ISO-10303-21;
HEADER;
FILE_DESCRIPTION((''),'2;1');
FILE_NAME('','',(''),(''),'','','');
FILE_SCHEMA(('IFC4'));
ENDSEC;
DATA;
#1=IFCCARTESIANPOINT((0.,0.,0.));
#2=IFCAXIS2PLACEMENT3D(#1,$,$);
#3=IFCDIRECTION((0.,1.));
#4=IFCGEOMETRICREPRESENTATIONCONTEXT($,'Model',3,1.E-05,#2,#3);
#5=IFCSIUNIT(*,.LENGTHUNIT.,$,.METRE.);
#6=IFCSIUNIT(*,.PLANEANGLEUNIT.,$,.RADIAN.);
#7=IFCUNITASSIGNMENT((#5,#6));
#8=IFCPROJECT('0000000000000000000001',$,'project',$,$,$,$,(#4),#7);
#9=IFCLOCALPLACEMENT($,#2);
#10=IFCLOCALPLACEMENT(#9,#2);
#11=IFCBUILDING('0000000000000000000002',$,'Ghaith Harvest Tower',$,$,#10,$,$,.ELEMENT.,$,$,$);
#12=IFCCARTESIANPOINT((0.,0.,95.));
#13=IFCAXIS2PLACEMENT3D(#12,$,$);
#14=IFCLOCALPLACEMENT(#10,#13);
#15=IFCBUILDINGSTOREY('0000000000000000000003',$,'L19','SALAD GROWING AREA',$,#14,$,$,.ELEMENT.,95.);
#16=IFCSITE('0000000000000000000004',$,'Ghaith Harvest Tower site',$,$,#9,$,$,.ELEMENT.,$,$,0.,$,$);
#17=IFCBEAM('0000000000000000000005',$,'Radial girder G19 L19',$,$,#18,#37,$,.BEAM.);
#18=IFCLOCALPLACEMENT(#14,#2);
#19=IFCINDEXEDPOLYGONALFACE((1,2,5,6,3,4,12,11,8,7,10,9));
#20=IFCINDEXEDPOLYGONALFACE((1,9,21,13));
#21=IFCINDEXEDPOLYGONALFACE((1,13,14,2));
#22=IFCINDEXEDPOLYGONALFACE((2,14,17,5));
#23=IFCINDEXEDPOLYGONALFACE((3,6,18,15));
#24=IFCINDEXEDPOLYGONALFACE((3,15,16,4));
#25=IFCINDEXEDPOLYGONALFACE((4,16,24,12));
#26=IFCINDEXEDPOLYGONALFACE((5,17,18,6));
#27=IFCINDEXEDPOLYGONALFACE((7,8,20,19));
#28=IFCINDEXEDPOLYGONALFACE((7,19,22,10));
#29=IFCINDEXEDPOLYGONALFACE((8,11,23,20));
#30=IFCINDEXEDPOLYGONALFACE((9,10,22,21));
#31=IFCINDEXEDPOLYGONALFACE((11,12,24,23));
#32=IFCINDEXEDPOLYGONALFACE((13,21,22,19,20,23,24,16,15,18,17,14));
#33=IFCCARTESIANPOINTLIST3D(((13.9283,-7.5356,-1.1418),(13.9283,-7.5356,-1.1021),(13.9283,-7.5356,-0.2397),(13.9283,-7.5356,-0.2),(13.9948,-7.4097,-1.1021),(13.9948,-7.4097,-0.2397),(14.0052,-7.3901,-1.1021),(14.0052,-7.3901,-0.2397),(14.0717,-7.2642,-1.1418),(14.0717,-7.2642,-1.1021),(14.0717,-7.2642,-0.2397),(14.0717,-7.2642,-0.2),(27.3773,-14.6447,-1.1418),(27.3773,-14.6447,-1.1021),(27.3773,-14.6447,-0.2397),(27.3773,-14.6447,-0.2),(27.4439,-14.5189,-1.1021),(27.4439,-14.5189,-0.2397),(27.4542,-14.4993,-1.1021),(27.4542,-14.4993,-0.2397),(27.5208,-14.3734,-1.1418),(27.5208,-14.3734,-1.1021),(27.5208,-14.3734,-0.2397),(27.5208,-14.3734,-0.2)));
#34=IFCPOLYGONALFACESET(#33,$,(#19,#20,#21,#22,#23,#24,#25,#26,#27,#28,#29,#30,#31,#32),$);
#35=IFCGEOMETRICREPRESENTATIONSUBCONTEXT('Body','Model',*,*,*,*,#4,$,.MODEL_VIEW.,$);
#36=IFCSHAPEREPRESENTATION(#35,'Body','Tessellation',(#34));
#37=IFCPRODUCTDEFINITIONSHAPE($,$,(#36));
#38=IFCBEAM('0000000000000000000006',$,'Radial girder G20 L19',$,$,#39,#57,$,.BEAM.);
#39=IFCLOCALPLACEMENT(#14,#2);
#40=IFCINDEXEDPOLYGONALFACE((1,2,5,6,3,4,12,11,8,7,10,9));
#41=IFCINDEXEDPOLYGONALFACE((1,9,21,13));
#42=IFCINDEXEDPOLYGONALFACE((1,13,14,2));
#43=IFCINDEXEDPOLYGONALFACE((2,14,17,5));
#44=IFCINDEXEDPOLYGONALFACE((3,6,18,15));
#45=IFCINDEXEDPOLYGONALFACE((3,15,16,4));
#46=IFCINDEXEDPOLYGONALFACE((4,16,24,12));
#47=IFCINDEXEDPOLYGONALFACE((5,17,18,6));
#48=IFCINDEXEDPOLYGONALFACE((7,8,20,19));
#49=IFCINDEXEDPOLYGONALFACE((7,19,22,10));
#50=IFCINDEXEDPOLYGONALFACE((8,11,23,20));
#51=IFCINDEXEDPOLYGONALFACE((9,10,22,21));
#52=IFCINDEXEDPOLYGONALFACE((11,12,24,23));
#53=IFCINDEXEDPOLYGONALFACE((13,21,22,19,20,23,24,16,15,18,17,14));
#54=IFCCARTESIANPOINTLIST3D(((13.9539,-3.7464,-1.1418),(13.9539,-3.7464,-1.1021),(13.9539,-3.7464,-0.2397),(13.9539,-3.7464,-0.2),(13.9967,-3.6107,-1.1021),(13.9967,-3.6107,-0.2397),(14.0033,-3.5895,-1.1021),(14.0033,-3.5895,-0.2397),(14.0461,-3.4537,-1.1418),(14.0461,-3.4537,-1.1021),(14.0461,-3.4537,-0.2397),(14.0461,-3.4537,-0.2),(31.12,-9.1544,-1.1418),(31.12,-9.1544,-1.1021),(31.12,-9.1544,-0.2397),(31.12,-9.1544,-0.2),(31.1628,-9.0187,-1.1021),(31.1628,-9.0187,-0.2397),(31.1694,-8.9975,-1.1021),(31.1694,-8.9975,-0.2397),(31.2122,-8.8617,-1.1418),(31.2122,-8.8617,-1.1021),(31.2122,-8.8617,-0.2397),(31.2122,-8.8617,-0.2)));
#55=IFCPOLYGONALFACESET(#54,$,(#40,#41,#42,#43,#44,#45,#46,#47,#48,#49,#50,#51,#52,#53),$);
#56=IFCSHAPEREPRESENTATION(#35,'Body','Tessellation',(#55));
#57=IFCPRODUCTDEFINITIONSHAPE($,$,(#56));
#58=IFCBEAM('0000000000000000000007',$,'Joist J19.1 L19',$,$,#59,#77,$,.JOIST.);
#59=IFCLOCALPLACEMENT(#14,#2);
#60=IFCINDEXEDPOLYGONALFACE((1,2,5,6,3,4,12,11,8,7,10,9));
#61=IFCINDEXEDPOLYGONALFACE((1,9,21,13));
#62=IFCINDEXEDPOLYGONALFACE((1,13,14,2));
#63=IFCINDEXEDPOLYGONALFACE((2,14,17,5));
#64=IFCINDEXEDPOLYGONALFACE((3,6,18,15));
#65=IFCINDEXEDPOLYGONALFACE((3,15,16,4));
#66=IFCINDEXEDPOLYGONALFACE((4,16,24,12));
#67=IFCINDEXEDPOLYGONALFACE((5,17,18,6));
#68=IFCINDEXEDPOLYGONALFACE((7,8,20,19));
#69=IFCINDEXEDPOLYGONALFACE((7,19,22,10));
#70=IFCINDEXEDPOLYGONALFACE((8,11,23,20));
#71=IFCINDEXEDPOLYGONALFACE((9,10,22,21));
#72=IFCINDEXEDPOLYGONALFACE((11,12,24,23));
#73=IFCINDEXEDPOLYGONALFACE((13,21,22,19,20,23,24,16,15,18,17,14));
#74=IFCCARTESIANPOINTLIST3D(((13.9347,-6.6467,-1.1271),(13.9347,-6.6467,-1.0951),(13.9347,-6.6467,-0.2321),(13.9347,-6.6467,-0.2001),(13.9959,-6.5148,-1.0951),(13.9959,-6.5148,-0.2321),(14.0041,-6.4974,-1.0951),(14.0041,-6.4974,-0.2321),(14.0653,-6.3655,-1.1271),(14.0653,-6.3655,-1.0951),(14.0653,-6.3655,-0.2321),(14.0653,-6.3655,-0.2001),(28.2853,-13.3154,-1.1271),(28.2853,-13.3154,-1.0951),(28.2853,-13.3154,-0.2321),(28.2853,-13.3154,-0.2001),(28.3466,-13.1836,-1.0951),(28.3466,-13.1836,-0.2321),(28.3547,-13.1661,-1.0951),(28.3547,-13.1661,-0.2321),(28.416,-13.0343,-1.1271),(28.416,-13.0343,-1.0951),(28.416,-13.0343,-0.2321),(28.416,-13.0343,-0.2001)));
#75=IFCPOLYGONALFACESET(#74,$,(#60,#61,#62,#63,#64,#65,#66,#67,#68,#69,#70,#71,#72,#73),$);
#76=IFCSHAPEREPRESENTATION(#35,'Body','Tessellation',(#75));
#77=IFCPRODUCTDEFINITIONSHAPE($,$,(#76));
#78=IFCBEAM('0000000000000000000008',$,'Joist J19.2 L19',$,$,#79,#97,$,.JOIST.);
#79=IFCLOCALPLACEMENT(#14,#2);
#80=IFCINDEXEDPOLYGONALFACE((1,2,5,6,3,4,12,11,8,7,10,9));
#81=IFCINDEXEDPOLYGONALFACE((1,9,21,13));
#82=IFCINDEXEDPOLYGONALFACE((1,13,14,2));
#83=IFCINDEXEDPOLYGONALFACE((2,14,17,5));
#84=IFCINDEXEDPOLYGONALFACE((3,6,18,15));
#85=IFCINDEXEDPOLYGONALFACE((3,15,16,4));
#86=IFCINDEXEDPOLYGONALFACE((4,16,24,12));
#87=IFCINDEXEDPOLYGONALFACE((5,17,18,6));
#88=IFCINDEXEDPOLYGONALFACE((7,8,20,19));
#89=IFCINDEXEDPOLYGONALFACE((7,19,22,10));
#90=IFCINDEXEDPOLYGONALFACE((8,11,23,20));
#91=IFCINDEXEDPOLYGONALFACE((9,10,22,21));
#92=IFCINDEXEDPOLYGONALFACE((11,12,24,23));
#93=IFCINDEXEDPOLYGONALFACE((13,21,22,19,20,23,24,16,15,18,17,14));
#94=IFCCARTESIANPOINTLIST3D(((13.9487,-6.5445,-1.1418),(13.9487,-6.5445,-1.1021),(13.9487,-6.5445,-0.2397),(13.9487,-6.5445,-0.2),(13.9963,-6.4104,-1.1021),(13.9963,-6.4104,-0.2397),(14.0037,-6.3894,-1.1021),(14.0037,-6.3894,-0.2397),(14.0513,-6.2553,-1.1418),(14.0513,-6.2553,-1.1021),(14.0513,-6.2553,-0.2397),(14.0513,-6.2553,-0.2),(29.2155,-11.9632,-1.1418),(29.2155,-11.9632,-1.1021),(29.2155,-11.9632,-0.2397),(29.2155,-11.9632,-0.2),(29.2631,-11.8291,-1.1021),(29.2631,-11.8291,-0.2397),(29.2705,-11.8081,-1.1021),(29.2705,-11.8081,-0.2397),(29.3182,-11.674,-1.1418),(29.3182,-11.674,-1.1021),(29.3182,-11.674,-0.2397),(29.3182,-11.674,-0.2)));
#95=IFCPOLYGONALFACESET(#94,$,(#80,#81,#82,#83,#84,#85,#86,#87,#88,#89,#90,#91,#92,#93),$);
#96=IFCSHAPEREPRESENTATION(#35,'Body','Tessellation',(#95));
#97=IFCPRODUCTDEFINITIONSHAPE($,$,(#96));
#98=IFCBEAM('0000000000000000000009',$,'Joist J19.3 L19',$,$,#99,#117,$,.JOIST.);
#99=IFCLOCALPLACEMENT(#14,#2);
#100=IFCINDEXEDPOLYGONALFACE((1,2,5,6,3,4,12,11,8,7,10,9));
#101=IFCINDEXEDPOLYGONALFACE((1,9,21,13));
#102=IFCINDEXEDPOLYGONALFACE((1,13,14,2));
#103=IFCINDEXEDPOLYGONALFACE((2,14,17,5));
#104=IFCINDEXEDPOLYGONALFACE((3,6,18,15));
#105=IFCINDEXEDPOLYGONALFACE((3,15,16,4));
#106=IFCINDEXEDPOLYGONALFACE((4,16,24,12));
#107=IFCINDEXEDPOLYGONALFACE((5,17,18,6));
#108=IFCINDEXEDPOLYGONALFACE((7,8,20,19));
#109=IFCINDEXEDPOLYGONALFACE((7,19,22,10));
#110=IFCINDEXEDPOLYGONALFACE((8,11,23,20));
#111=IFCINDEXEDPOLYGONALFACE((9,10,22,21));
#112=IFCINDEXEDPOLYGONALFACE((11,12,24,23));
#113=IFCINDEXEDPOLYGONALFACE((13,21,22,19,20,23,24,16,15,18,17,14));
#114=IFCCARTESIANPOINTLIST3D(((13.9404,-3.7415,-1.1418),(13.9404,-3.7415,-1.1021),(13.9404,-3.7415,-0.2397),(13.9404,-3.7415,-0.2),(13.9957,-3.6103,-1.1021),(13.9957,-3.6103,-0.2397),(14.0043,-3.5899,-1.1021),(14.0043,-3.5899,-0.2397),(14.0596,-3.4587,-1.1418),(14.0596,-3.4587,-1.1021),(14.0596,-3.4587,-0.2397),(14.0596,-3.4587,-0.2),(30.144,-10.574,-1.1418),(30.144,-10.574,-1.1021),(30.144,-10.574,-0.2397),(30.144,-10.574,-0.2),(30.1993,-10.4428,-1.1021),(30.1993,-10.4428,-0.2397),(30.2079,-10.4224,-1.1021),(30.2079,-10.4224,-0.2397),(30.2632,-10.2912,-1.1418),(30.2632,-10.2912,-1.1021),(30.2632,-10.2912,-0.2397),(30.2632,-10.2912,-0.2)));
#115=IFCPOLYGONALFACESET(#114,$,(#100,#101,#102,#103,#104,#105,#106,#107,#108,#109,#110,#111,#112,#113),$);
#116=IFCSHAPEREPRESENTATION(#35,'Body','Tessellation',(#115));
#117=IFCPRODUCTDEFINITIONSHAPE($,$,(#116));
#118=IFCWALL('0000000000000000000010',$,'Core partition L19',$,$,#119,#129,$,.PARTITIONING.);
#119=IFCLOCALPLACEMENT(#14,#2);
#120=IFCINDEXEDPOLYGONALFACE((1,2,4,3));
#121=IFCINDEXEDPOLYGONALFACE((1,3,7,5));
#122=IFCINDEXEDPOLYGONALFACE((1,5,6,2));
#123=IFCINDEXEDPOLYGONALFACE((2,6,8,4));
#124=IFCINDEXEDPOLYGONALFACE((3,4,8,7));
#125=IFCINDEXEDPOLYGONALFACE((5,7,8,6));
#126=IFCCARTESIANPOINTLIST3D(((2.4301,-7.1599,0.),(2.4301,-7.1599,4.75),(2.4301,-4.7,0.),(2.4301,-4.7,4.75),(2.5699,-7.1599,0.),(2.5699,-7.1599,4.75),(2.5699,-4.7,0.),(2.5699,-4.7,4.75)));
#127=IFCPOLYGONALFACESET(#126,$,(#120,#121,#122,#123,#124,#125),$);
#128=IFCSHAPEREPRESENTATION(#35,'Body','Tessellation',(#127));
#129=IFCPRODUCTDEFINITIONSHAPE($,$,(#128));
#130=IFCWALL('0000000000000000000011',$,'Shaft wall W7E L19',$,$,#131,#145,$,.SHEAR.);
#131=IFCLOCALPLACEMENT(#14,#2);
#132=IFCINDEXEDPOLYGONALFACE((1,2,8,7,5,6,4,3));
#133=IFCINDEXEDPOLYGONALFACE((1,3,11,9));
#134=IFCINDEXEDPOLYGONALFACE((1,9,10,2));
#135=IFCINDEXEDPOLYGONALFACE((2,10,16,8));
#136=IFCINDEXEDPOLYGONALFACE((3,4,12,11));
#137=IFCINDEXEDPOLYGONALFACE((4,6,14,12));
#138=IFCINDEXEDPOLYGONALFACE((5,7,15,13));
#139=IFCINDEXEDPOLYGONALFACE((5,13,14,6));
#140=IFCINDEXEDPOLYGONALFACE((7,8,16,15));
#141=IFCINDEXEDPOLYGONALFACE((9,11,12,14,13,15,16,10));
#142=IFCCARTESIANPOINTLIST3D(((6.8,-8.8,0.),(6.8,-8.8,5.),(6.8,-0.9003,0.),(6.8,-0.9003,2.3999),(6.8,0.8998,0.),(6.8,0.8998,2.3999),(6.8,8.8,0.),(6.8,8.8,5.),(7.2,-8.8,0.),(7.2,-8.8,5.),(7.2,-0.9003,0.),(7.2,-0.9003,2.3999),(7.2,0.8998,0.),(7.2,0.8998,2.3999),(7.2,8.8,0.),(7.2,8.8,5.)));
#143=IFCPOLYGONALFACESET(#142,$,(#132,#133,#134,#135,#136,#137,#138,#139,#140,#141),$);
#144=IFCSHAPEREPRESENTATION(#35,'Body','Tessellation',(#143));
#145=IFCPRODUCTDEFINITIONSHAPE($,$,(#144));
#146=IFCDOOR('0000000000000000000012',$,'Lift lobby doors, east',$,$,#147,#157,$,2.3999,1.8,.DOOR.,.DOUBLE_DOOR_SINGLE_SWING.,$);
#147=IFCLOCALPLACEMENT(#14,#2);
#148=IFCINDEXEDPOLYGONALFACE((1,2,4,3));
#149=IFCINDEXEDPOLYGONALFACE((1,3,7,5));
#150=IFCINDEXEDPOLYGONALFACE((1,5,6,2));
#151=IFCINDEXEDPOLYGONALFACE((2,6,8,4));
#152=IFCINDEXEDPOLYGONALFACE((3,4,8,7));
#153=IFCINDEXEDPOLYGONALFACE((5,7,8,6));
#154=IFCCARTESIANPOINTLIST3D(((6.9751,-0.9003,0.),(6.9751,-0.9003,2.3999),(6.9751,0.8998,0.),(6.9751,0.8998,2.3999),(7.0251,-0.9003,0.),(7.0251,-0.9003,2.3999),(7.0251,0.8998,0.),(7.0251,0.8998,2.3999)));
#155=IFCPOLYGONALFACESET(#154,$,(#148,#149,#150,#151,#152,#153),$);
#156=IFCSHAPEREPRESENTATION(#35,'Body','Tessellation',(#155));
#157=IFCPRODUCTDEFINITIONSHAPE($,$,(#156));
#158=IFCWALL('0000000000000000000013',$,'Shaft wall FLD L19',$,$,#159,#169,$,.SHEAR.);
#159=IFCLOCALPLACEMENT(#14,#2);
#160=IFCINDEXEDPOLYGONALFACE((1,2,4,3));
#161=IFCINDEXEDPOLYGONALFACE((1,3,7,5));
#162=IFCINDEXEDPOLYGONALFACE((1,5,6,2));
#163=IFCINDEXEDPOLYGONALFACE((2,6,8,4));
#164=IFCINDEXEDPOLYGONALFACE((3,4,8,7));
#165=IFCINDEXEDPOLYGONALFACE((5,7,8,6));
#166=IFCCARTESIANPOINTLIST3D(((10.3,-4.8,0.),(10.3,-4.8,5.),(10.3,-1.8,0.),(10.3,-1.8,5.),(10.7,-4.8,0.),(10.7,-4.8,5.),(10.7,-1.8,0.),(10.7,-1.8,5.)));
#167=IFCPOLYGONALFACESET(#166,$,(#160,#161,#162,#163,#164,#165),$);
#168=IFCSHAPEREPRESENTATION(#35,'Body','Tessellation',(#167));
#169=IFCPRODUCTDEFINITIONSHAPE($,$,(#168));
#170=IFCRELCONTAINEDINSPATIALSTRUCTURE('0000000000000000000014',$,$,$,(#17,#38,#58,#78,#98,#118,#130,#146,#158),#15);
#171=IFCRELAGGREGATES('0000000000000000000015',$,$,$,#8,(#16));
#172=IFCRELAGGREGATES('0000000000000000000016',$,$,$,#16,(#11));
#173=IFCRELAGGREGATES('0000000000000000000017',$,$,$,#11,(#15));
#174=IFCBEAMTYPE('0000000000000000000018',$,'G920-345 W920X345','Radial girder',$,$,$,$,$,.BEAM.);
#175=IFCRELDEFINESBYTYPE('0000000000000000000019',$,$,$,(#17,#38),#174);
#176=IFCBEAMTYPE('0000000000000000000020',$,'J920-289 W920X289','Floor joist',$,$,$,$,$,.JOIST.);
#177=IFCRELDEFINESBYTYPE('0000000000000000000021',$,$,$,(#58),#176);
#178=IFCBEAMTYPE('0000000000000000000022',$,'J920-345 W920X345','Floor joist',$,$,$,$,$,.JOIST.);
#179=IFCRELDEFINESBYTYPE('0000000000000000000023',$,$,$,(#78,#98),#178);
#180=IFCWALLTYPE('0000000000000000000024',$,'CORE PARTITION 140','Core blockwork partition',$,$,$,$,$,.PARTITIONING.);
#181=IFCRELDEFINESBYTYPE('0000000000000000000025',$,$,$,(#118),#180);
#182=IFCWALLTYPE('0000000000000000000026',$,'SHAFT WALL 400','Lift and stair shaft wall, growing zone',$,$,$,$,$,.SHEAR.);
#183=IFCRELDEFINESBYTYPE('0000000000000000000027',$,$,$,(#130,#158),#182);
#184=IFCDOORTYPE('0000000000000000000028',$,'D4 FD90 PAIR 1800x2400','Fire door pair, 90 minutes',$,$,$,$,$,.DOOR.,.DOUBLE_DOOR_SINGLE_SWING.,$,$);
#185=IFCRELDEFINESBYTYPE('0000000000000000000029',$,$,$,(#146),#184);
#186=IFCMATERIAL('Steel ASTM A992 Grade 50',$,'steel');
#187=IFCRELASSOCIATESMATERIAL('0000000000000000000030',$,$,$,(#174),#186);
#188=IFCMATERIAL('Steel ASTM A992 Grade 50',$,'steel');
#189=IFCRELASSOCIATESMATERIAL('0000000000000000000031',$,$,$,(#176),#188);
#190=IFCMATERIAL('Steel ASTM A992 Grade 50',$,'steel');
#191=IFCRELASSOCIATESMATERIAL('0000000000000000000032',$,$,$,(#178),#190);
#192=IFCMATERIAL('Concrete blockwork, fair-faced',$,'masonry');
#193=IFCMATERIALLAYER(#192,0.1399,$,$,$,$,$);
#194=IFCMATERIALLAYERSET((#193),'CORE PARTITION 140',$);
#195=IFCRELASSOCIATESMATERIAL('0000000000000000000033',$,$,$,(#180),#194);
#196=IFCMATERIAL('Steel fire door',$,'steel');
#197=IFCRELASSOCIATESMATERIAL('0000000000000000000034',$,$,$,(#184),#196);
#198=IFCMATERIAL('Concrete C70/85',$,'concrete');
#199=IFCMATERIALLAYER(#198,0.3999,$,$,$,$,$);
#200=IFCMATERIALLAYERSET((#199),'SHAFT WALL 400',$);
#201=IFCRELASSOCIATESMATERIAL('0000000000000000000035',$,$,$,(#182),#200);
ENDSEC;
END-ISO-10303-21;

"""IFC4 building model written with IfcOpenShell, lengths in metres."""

from ifc_helpers import new_model, si_unit, direction, frame, frame_2d, origin, origin_2d, place, context, subcontext, project, spatial, rectangle, i_section, extrude, material, layer, layer_set, material_profile, profile_set, type_object, element, fill, save


model = new_model("IFC4")

# Units and contexts
model_context = context("Model", 3, precision=1e-05, world=origin(), true_north=direction((0.0, 1.0)))
body_context = subcontext(model_context, "Body", "Model", "MODEL_VIEW")
ifc_project = project(units=[si_unit("LENGTHUNIT", "METRE"), si_unit("PLANEANGLEUNIT", "RADIAN")], contexts=[model_context])

# Site, building, storey
site_placement = place(None, origin())
site = spatial("IfcSite", under=ifc_project, at=site_placement, Name="Ghaith Harvest Tower site", CompositionType="ELEMENT", RefElevation=0.0)
building_placement = place(site_placement, origin())
building = spatial("IfcBuilding", under=site, at=building_placement, Name="Ghaith Harvest Tower", CompositionType="ELEMENT")
storey_placement = place(building_placement, frame((0.0, 0.0, 95.0)))
storey = spatial("IfcBuildingStorey", under=building, at=storey_placement, Name="L19", Description="SALAD GROWING AREA", CompositionType="ELEMENT", Elevation=95.0)

# Beams
ifc_material_1 = material(Name="Steel ASTM A992 Grade 50", Category="steel")
ifc_material_profile_1 = material_profile(ifc_material_1, i_section(OverallWidth=0.3069, OverallDepth=0.9419, WebThickness=0.0222, FlangeThickness=0.0398, at=origin_2d()), Name="W920X345")
ifc_profile_set_1 = profile_set([ifc_material_profile_1], Name="Steel ASTM A992 Grade 50")
beam_type_1 = type_object("IfcBeamType", Name="G920-345 W920X345", Description="Radial girder", PredefinedType="BEAM", material=ifc_profile_set_1)
beam_1_placement = place(storey_placement, frame((14.0, -7.3999, -0.6709), z_axis=(0.884084, -0.467327, 0.0), x_axis=(0.467327, 0.884084, 0.0)))
element("IfcBeam", 1, at=beam_1_placement, inside=storey, type_object=beam_type_1, Name="Radial girder G19 L19", PredefinedType="BEAM", context=body_context, shape_type="SweptSolid", body=[
    extrude(i_section(OverallWidth=0.3069, OverallDepth=0.9419, WebThickness=0.0222, FlangeThickness=0.0398, at=origin_2d()), origin(), (0.0, 0.0, 1.0), 15.2124),
])
beam_2_placement = place(storey_placement, frame((14.0, -3.6001, -0.6709), z_axis=(0.953788, -0.30048, 0.0), x_axis=(0.30048, 0.953788, 0.0)))
element("IfcBeam", 2, at=beam_2_placement, inside=storey, type_object=beam_type_1, Name="Radial girder G20 L19", PredefinedType="BEAM", context=body_context, shape_type="SweptSolid", body=[
    extrude(i_section(OverallWidth=0.3069, OverallDepth=0.9419, WebThickness=0.0222, FlangeThickness=0.0398, at=origin_2d()), origin(), (0.0, 0.0, 1.0), 17.9978),
])
ifc_material_2 = material(Name="Steel ASTM A992 Grade 50", Category="steel")
ifc_material_profile_2 = material_profile(ifc_material_2, i_section(OverallWidth=0.3101, OverallDepth=0.927, WebThickness=0.0193, FlangeThickness=0.032, at=origin_2d()), Name="W920X289")
ifc_profile_set_2 = profile_set([ifc_material_profile_2], Name="Steel ASTM A992 Grade 50")
beam_type_2 = type_object("IfcBeamType", Name="J920-289 W920X289", Description="Floor joist", PredefinedType="JOIST", material=ifc_profile_set_2)
beam_3_placement = place(storey_placement, frame((14.0, -6.5061, -0.6636), z_axis=(0.906866, -0.42142, 0.0), x_axis=(0.42142, 0.906866, 0.0)))
element("IfcBeam", 3, at=beam_3_placement, inside=storey, type_object=beam_type_2, Name="Joist J19.1 L19", PredefinedType="JOIST", context=body_context, shape_type="SweptSolid", body=[
    extrude(i_section(OverallWidth=0.3101, OverallDepth=0.927, WebThickness=0.0193, FlangeThickness=0.032, at=origin_2d()), origin(), (0.0, 0.0, 1.0), 15.8245),
])
ifc_material_3 = material(Name="Steel ASTM A992 Grade 50", Category="steel")
ifc_material_profile_3 = material_profile(ifc_material_3, i_section(OverallWidth=0.3069, OverallDepth=0.9419, WebThickness=0.0222, FlangeThickness=0.0398, at=origin_2d()), Name="W920X345")
ifc_profile_set_3 = profile_set([ifc_material_profile_3], Name="Steel ASTM A992 Grade 50")
beam_type_3 = type_object("IfcBeamType", Name="J920-345 W920X345", Description="Floor joist", PredefinedType="JOIST", material=ifc_profile_set_3)
beam_4_placement = place(storey_placement, frame((14.0, -6.3999, -0.6709), z_axis=(0.9424, -0.334488, 0.0), x_axis=(0.334488, 0.9424, 0.0)))
element("IfcBeam", 4, at=beam_4_placement, inside=storey, type_object=beam_type_3, Name="Joist J19.2 L19", PredefinedType="JOIST", context=body_context, shape_type="SweptSolid", body=[
    extrude(i_section(OverallWidth=0.3069, OverallDepth=0.9419, WebThickness=0.0222, FlangeThickness=0.0398, at=origin_2d()), origin(), (0.0, 0.0, 1.0), 16.2),
])
beam_5_placement = place(storey_placement, frame((14.0, -3.6001, -0.6709), z_axis=(0.921433, -0.388537, 0.0), x_axis=(0.388537, 0.921433, 0.0)))
element("IfcBeam", 5, at=beam_5_placement, inside=storey, type_object=beam_type_3, Name="Joist J19.3 L19", PredefinedType="JOIST", context=body_context, shape_type="SweptSolid", body=[
    extrude(i_section(OverallWidth=0.3069, OverallDepth=0.9419, WebThickness=0.0222, FlangeThickness=0.0398, at=origin_2d()), origin(), (0.0, 0.0, 1.0), 17.5852),
])

# Wall
ifc_material_4 = material(Name="Concrete blockwork, fair-faced", Category="masonry")
ifc_layer_1 = layer(ifc_material_4, 0.1399)
ifc_layer_set_1 = layer_set([ifc_layer_1], Name="CORE PARTITION 140")
wall_type_1 = type_object("IfcWallType", Name="CORE PARTITION 140", Description="Core blockwork partition", PredefinedType="PARTITIONING", material=ifc_layer_set_1)
wall_1_placement = place(storey_placement, frame((2.5, -4.7, 0.0), z_axis=(0.0, 0.0, 1.0), x_axis=(0.0, -1.0, 0.0)))
element("IfcWall", 6, at=wall_1_placement, inside=storey, type_object=wall_type_1, Name="Core partition L19", PredefinedType="PARTITIONING", context=body_context, shape_type="SweptSolid", body=[
    extrude(rectangle(XDim=2.46, YDim=0.1399, at=frame_2d((1.23, 0.0))), origin(), (0.0, 0.0, 1.0), 4.75),
])

# Wall, opening, door
ifc_material_5 = material(Name="Steel fire door", Category="steel")
door_type_1 = type_object("IfcDoorType", Name="D4 FD90 PAIR 1800x2400", Description="Fire door pair, 90 minutes", OperationType="DOUBLE_DOOR_SINGLE_SWING", PredefinedType="DOOR", material=ifc_material_5)
ifc_material_6 = material(Name="Concrete C70/85", Category="concrete")
ifc_layer_2 = layer(ifc_material_6, 0.3999)
ifc_layer_set_2 = layer_set([ifc_layer_2], Name="SHAFT WALL 400")
wall_type_2 = type_object("IfcWallType", Name="SHAFT WALL 400", Description="Lift and stair shaft wall, growing zone", PredefinedType="SHEAR", material=ifc_layer_set_2)
wall_2_placement = place(storey_placement, frame((7.0, -8.8, 0.0), z_axis=(0.0, 0.0, 1.0), x_axis=(0.0, 1.0, 0.0)))
wall_2 = element("IfcWall", 7, at=wall_2_placement, inside=storey, type_object=wall_type_2, Name="Shaft wall W7E L19", PredefinedType="SHEAR", context=body_context, shape_type="SweptSolid", body=[
    extrude(rectangle(XDim=17.6001, YDim=0.3999, at=frame_2d((8.8, 0.0))), origin(), (0.0, 0.0, 1.0), 5.0),
])
opening_1_placement = place(wall_2_placement, frame((7.8999, 0.0, 0.0)))
opening_1 = element("IfcOpeningElement", 8, at=opening_1_placement, cuts=wall_2, PredefinedType="OPENING", context=body_context, shape_type="SweptSolid", body=[
    extrude(rectangle(XDim=1.8, YDim=2.3999, at=frame_2d((0.8999, 1.2))), frame((0.0, 0.21, 0.0), z_axis=(0.0, -1.0, 0.0), x_axis=(1.0, 0.0, 0.0)), (0.0, 0.0, 1.0), 0.4199),
])
door_1_placement = place(opening_1_placement, origin())
door_1 = element("IfcDoor", 9, at=door_1_placement, inside=storey, type_object=door_type_1, Name="Lift lobby doors, east", OperationType="DOUBLE_DOOR_SINGLE_SWING", OverallHeight=2.3999, OverallWidth=1.8, PredefinedType="DOOR", context=body_context, shape_type="SweptSolid", body=[
    extrude(rectangle(XDim=1.8, YDim=2.3999, at=frame_2d((0.8999, 1.2))), frame((0.0, 0.0249, 0.0), z_axis=(0.0, -1.0, 0.0), x_axis=(1.0, 0.0, 0.0)), (0.0, 0.0, 1.0), 0.05),
])
fill(opening_1, door_1)

# Wall
wall_3_placement = place(storey_placement, frame((10.5, -4.8, 0.0), z_axis=(0.0, 0.0, 1.0), x_axis=(0.0, 1.0, 0.0)))
element("IfcWall", 10, at=wall_3_placement, inside=storey, type_object=wall_type_2, Name="Shaft wall FLD L19", PredefinedType="SHEAR", context=body_context, shape_type="SweptSolid", body=[
    extrude(rectangle(XDim=3.0, YDim=0.3999, at=frame_2d((1.5, 0.0))), origin(), (0.0, 0.0, 1.0), 5.0),
])

save(model, "model.ifc")
